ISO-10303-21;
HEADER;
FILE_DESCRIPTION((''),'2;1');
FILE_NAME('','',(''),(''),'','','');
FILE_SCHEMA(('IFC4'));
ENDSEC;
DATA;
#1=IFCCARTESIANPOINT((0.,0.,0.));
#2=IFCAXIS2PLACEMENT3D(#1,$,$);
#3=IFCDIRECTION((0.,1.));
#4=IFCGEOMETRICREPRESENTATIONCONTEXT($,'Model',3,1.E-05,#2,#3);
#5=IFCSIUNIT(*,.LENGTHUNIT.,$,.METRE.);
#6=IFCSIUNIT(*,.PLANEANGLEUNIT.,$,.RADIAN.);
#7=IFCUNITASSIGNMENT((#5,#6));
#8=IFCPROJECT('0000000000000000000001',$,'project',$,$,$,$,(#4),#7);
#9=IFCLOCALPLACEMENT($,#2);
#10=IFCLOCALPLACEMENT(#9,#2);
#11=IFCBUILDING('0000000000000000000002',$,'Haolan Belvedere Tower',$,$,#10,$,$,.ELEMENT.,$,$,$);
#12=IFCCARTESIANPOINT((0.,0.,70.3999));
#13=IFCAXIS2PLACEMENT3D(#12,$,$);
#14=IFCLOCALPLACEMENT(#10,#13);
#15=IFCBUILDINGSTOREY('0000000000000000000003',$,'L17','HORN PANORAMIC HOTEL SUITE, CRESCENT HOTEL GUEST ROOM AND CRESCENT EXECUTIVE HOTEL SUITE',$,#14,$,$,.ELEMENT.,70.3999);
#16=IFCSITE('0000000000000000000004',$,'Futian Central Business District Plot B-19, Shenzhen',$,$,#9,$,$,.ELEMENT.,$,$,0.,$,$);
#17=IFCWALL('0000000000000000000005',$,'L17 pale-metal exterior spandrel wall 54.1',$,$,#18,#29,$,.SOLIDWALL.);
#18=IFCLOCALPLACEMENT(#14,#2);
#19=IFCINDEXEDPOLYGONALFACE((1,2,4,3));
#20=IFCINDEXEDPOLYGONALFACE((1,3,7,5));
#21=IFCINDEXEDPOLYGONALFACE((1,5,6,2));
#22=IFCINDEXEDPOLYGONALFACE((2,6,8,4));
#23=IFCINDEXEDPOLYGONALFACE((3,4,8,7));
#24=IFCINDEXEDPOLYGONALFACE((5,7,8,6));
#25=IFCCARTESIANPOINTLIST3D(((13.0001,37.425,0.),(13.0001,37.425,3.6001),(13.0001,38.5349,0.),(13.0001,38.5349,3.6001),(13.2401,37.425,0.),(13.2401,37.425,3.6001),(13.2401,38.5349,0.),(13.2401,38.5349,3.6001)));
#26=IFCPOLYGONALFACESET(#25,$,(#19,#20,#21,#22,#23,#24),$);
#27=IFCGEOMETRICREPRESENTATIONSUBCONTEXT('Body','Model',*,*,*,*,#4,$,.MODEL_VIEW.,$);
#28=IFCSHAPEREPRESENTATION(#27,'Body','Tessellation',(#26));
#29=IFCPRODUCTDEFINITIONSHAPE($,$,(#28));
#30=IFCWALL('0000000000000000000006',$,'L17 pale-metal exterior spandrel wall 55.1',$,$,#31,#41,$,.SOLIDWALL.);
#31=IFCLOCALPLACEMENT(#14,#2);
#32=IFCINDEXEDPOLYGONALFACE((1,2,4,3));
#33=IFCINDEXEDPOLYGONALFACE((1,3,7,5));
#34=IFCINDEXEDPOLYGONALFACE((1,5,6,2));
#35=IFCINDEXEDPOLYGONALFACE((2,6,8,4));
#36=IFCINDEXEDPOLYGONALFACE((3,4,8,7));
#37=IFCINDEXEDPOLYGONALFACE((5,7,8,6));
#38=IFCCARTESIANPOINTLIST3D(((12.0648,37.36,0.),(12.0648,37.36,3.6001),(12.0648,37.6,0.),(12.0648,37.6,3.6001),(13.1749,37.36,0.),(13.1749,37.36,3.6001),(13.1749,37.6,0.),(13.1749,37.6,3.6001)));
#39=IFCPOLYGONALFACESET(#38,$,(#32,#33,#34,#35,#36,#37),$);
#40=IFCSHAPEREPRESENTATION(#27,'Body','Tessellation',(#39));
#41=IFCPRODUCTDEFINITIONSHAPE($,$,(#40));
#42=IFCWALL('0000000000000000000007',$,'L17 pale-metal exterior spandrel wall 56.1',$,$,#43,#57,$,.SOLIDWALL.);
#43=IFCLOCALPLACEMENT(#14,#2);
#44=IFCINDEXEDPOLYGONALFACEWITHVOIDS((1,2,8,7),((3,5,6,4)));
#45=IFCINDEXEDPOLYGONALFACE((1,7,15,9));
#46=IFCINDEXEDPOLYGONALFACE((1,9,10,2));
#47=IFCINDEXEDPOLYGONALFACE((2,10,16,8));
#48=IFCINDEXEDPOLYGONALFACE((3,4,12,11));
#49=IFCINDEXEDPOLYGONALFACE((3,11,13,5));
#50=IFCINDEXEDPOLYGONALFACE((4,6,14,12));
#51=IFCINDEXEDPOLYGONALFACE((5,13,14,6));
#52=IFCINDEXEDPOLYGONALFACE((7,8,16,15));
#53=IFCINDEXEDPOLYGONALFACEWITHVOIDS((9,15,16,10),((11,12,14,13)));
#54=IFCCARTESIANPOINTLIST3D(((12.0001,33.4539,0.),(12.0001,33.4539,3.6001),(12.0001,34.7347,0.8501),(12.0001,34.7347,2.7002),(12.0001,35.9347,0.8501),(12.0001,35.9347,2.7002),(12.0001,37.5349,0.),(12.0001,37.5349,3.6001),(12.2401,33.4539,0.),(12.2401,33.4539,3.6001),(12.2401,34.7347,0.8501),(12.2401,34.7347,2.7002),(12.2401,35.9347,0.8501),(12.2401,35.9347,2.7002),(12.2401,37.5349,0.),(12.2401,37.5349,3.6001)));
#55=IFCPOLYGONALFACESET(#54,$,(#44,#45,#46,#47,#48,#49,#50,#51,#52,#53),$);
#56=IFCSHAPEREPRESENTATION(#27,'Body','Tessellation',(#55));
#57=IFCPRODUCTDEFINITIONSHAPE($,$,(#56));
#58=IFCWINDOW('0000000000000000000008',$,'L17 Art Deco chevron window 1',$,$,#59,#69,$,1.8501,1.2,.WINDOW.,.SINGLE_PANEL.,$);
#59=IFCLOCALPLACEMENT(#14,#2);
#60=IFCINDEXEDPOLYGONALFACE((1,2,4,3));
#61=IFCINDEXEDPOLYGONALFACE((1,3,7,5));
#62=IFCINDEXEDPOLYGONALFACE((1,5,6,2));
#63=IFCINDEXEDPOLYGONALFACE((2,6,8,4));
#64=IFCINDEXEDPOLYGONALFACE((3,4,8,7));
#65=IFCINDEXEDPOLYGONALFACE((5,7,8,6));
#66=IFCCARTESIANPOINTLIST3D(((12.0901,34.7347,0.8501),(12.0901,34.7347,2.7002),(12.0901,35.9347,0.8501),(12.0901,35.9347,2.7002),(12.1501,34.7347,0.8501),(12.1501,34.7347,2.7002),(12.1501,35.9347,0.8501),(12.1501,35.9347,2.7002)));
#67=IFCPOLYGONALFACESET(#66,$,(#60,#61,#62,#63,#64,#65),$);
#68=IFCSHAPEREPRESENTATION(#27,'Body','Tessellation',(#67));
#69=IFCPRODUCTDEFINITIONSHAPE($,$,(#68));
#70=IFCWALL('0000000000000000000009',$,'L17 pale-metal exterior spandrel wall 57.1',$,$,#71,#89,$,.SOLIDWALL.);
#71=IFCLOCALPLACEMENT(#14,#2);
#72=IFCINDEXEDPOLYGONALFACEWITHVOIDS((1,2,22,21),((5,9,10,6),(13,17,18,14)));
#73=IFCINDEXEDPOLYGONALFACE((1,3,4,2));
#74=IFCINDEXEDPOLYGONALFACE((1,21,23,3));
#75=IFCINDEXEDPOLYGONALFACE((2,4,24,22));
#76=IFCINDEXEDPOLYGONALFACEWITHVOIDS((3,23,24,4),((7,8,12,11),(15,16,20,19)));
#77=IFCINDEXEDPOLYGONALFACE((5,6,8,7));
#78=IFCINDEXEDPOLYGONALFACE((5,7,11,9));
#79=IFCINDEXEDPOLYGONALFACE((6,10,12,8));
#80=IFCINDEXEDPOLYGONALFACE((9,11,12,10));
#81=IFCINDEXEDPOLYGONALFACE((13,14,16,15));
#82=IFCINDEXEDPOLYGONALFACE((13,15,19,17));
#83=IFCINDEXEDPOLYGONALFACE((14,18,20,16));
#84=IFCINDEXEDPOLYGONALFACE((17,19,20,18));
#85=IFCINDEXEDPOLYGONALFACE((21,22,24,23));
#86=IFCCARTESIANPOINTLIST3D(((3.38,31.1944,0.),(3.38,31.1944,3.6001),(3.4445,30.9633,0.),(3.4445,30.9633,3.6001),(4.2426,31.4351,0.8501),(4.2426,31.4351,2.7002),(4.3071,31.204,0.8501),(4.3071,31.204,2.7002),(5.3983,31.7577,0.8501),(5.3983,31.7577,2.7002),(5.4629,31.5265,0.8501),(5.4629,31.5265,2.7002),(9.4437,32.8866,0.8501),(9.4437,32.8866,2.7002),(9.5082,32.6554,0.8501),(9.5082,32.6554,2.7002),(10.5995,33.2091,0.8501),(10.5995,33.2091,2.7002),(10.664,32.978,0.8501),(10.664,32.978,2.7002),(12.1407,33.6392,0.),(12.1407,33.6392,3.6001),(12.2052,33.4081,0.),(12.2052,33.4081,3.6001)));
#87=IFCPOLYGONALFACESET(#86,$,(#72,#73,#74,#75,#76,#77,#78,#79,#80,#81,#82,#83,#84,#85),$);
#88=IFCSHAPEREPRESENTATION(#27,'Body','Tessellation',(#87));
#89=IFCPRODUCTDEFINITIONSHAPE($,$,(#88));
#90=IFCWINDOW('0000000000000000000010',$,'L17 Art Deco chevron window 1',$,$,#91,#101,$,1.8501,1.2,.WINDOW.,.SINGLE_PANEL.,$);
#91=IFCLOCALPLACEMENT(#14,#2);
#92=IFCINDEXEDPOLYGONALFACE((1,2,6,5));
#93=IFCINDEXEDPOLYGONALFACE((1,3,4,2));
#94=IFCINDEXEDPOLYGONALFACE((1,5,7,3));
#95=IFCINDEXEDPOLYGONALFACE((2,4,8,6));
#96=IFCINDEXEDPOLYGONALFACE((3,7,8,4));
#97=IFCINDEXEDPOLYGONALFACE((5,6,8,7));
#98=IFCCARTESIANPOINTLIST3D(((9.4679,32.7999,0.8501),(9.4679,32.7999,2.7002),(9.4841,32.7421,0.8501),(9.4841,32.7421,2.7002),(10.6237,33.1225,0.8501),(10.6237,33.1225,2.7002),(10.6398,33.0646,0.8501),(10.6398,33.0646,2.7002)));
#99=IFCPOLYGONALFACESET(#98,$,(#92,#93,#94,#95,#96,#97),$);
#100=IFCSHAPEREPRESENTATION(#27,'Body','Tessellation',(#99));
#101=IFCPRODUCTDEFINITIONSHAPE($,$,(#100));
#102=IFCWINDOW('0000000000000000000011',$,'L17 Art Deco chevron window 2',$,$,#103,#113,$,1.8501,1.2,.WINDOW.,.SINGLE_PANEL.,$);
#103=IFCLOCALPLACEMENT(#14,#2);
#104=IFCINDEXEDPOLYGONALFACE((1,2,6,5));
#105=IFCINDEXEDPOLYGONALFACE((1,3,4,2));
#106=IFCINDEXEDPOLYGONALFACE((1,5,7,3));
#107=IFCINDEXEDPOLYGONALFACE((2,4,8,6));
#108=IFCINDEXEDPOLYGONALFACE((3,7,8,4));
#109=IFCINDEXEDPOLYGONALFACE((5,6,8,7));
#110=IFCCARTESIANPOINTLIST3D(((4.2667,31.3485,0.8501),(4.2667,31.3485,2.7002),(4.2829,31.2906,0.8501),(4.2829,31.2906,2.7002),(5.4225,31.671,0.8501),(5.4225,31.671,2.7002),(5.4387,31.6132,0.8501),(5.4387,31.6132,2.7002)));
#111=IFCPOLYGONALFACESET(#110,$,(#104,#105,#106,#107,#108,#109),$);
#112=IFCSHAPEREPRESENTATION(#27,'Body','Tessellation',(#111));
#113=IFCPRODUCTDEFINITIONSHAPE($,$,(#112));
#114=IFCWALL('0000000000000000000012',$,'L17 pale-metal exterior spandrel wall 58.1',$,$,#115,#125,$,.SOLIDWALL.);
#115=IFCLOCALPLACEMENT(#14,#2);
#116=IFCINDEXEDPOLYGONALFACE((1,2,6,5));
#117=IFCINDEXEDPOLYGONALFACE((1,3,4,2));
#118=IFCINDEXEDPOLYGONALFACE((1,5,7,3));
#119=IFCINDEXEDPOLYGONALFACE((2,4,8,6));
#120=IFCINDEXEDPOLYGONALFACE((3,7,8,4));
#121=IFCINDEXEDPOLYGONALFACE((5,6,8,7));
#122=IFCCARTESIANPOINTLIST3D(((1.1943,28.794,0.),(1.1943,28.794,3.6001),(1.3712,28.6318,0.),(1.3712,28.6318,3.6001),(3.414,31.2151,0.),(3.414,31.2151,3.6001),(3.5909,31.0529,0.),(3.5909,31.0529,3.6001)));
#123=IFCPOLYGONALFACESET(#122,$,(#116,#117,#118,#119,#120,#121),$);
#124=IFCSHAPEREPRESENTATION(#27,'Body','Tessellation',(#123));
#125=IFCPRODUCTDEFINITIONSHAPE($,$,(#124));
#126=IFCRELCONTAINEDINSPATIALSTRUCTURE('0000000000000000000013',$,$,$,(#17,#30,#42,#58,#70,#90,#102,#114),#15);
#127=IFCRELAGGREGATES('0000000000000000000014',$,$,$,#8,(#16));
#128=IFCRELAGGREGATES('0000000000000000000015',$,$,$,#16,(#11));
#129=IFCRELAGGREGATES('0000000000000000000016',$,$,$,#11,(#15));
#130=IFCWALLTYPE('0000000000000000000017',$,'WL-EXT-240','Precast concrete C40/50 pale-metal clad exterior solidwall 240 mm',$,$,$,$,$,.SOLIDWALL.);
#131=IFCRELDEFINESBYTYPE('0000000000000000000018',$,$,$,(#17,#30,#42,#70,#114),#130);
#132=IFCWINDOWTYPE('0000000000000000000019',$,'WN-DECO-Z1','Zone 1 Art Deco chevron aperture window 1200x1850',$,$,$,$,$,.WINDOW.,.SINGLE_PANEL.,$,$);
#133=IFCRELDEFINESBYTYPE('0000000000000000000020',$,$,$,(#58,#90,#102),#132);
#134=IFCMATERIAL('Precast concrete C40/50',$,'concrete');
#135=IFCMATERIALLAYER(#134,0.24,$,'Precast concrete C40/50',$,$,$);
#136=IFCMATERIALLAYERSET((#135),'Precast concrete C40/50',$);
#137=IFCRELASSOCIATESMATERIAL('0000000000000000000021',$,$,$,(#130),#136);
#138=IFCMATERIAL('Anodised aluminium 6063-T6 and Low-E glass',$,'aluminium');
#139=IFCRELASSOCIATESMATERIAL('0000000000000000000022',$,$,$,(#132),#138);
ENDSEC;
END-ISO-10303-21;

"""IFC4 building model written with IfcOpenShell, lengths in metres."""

from ifc_helpers import new_model, si_unit, direction, frame, frame_2d, origin, place, context, subcontext, project, spatial, rectangle, extrude, material, layer, layer_set, type_object, element, fill, save


model = new_model("IFC4")

# Units and contexts
model_context = context("Model", 3, precision=1e-05, world=origin(), true_north=direction((0.0, 1.0)))
body_context = subcontext(model_context, "Body", "Model", "MODEL_VIEW")
ifc_project = project(units=[si_unit("LENGTHUNIT", "METRE"), si_unit("PLANEANGLEUNIT", "RADIAN")], contexts=[model_context])

# Site, building, storey
site_placement = place(None, origin())
site = spatial("IfcSite", under=ifc_project, at=site_placement, Name="Futian Central Business District Plot B-19, Shenzhen", CompositionType="ELEMENT", RefElevation=0.0)
building_placement = place(site_placement, origin())
building = spatial("IfcBuilding", under=site, at=building_placement, Name="Haolan Belvedere Tower", CompositionType="ELEMENT")
storey_placement = place(building_placement, frame((0.0, 0.0, 70.3999)))
storey = spatial("IfcBuildingStorey", under=building, at=storey_placement, Name="L17", Description="HORN PANORAMIC HOTEL SUITE, CRESCENT HOTEL GUEST ROOM AND CRESCENT EXECUTIVE HOTEL SUITE", CompositionType="ELEMENT", Elevation=70.3999)

# Walls
ifc_material_1 = material(Name="Precast concrete C40/50", Category="concrete")
ifc_layer_1 = layer(ifc_material_1, 0.24, Name="Precast concrete C40/50")
ifc_layer_set_1 = layer_set([ifc_layer_1], Name="Precast concrete C40/50")
wall_type_1 = type_object("IfcWallType", Name="WL-EXT-240", Description="Precast concrete C40/50 pale-metal clad exterior solidwall 240 mm", PredefinedType="SOLIDWALL", material=ifc_layer_set_1)
wall_1_placement = place(storey_placement, frame((13.1201, 38.5349, 0.0), z_axis=(0.0, 0.0, 1.0), x_axis=(0.0, -1.0, 0.0)))
element("IfcWall", 1, at=wall_1_placement, inside=storey, type_object=wall_type_1, Name="L17 pale-metal exterior spandrel wall 54.1", PredefinedType="SOLIDWALL", context=body_context, shape_type="SweptSolid", body=[
    extrude(rectangle(XDim=1.1099, YDim=0.24, at=frame_2d((0.5549, 0.0))), origin(), (0.0, 0.0, 1.0), 3.6001),
])
wall_2_placement = place(storey_placement, frame((13.175, 37.48, 0.0), z_axis=(0.0, 0.0, 1.0), x_axis=(-1.0, 0.0, 0.0)))
element("IfcWall", 2, at=wall_2_placement, inside=storey, type_object=wall_type_1, Name="L17 pale-metal exterior spandrel wall 55.1", PredefinedType="SOLIDWALL", context=body_context, shape_type="SweptSolid", body=[
    extrude(rectangle(XDim=1.1101, YDim=0.24, at=frame_2d((0.5552, 0.0))), origin(), (0.0, 0.0, 1.0), 3.6001),
])

# Wall, opening, window
wall_3_placement = place(storey_placement, frame((12.1201, 37.5349, 0.0), z_axis=(0.0, 0.0, 1.0), x_axis=(0.0, -1.0, 0.0)))
wall_3 = element("IfcWall", 3, at=wall_3_placement, inside=storey, type_object=wall_type_1, Name="L17 pale-metal exterior spandrel wall 56.1", PredefinedType="SOLIDWALL", context=body_context, shape_type="SweptSolid", body=[
    extrude(rectangle(XDim=4.0811, YDim=0.24, at=frame_2d((2.0405, 0.0))), origin(), (0.0, 0.0, 1.0), 3.6001),
])
opening_1_placement = place(wall_3_placement, frame((1.6001, 0.0, 0.8501)))
opening_1 = element("IfcOpeningElement", 4, at=opening_1_placement, cuts=wall_3, PredefinedType="OPENING", context=body_context, shape_type="SweptSolid", body=[
    extrude(rectangle(XDim=1.2, YDim=1.8501, at=frame_2d((0.6001, 0.925))), frame((0.0, 0.1299, 0.0), z_axis=(0.0, -1.0, 0.0), x_axis=(1.0, 0.0, 0.0)), (0.0, 0.0, 1.0), 0.26),
])
ifc_material_2 = material(Name="Anodised aluminium 6063-T6 and Low-E glass", Category="aluminium")
window_type = type_object("IfcWindowType", Name="WN-DECO-Z1", Description="Zone 1 Art Deco chevron aperture window 1200x1850", PartitioningType="SINGLE_PANEL", PredefinedType="WINDOW", material=ifc_material_2)
window_1_placement = place(opening_1_placement, origin())
window_1 = element("IfcWindow", 5, at=window_1_placement, inside=storey, type_object=window_type, Name="L17 Art Deco chevron window 1", OverallHeight=1.8501, OverallWidth=1.2, PartitioningType="SINGLE_PANEL", PredefinedType="WINDOW", context=body_context, shape_type="SweptSolid", body=[
    extrude(rectangle(XDim=1.2, YDim=1.8501, at=frame_2d((0.6001, 0.925))), frame((0.0, 0.03, 0.0), z_axis=(0.0, -1.0, 0.0), x_axis=(1.0, 0.0, 0.0)), (0.0, 0.0, 1.0), 0.0601),
])
fill(opening_1, window_1)

# Wall, openings, windows
wall_4_placement = place(storey_placement, frame((12.1731, 33.5237, 0.0), z_axis=(0.0, 0.0, 1.0), x_axis=(-0.963197, -0.268795, 0.0)))
wall_4 = element("IfcWall", 6, at=wall_4_placement, inside=storey, type_object=wall_type_1, Name="L17 pale-metal exterior spandrel wall 57.1", PredefinedType="SOLIDWALL", context=body_context, shape_type="SweptSolid", body=[
    extrude(rectangle(XDim=9.0955, YDim=0.24, at=frame_2d((4.5479, 0.0))), origin(), (0.0, 0.0, 1.0), 3.6001),
])
opening_2_placement = place(wall_4_placement, frame((1.6001, 0.0, 0.8501)))
opening_2 = element("IfcOpeningElement", 7, at=opening_2_placement, cuts=wall_4, PredefinedType="OPENING", context=body_context, shape_type="SweptSolid", body=[
    extrude(rectangle(XDim=1.2, YDim=1.8501, at=frame_2d((0.6001, 0.925))), frame((0.0, 0.1299, 0.0), z_axis=(0.0, -1.0, 0.0), x_axis=(1.0, 0.0, 0.0)), (0.0, 0.0, 1.0), 0.26),
])
opening_3_placement = place(wall_4_placement, frame((7.0, 0.0, 0.8501)))
opening_3 = element("IfcOpeningElement", 8, at=opening_3_placement, cuts=wall_4, PredefinedType="OPENING", context=body_context, shape_type="SweptSolid", body=[
    extrude(rectangle(XDim=1.2, YDim=1.8501, at=frame_2d((0.6001, 0.925))), frame((0.0, 0.1299, 0.0), z_axis=(0.0, -1.0, 0.0), x_axis=(1.0, 0.0, 0.0)), (0.0, 0.0, 1.0), 0.26),
])
window_2_placement = place(opening_2_placement, origin())
window_2 = element("IfcWindow", 9, at=window_2_placement, inside=storey, type_object=window_type, Name="L17 Art Deco chevron window 1", OverallHeight=1.8501, OverallWidth=1.2, PartitioningType="SINGLE_PANEL", PredefinedType="WINDOW", context=body_context, shape_type="SweptSolid", body=[
    extrude(rectangle(XDim=1.2, YDim=1.8501, at=frame_2d((0.6001, 0.925))), frame((0.0, 0.03, 0.0), z_axis=(0.0, -1.0, 0.0), x_axis=(1.0, 0.0, 0.0)), (0.0, 0.0, 1.0), 0.0601),
])
fill(opening_2, window_2)
window_3_placement = place(opening_3_placement, origin())
window_3 = element("IfcWindow", 10, at=window_3_placement, inside=storey, type_object=window_type, Name="L17 Art Deco chevron window 2", OverallHeight=1.8501, OverallWidth=1.2, PartitioningType="SINGLE_PANEL", PredefinedType="WINDOW", context=body_context, shape_type="SweptSolid", body=[
    extrude(rectangle(XDim=1.2, YDim=1.8501, at=frame_2d((0.6001, 0.925))), frame((0.0, 0.03, 0.0), z_axis=(0.0, -1.0, 0.0), x_axis=(1.0, 0.0, 0.0)), (0.0, 0.0, 1.0), 0.0601),
])
fill(opening_3, window_3)

# Wall
wall_5_placement = place(storey_placement, frame((3.5024, 31.134, 0.0), z_axis=(0.0, 0.0, 1.0), x_axis=(-0.675782, -0.737102, 0.0)))
element("IfcWall", 11, at=wall_5_placement, inside=storey, type_object=wall_type_1, Name="L17 pale-metal exterior spandrel wall 58.1", PredefinedType="SOLIDWALL", context=body_context, shape_type="SweptSolid", body=[
    extrude(rectangle(XDim=3.2847, YDim=0.24, at=frame_2d((1.6423, 0.0))), origin(), (0.0, 0.0, 1.0), 3.6001),
])

save(model, "model.ifc")
